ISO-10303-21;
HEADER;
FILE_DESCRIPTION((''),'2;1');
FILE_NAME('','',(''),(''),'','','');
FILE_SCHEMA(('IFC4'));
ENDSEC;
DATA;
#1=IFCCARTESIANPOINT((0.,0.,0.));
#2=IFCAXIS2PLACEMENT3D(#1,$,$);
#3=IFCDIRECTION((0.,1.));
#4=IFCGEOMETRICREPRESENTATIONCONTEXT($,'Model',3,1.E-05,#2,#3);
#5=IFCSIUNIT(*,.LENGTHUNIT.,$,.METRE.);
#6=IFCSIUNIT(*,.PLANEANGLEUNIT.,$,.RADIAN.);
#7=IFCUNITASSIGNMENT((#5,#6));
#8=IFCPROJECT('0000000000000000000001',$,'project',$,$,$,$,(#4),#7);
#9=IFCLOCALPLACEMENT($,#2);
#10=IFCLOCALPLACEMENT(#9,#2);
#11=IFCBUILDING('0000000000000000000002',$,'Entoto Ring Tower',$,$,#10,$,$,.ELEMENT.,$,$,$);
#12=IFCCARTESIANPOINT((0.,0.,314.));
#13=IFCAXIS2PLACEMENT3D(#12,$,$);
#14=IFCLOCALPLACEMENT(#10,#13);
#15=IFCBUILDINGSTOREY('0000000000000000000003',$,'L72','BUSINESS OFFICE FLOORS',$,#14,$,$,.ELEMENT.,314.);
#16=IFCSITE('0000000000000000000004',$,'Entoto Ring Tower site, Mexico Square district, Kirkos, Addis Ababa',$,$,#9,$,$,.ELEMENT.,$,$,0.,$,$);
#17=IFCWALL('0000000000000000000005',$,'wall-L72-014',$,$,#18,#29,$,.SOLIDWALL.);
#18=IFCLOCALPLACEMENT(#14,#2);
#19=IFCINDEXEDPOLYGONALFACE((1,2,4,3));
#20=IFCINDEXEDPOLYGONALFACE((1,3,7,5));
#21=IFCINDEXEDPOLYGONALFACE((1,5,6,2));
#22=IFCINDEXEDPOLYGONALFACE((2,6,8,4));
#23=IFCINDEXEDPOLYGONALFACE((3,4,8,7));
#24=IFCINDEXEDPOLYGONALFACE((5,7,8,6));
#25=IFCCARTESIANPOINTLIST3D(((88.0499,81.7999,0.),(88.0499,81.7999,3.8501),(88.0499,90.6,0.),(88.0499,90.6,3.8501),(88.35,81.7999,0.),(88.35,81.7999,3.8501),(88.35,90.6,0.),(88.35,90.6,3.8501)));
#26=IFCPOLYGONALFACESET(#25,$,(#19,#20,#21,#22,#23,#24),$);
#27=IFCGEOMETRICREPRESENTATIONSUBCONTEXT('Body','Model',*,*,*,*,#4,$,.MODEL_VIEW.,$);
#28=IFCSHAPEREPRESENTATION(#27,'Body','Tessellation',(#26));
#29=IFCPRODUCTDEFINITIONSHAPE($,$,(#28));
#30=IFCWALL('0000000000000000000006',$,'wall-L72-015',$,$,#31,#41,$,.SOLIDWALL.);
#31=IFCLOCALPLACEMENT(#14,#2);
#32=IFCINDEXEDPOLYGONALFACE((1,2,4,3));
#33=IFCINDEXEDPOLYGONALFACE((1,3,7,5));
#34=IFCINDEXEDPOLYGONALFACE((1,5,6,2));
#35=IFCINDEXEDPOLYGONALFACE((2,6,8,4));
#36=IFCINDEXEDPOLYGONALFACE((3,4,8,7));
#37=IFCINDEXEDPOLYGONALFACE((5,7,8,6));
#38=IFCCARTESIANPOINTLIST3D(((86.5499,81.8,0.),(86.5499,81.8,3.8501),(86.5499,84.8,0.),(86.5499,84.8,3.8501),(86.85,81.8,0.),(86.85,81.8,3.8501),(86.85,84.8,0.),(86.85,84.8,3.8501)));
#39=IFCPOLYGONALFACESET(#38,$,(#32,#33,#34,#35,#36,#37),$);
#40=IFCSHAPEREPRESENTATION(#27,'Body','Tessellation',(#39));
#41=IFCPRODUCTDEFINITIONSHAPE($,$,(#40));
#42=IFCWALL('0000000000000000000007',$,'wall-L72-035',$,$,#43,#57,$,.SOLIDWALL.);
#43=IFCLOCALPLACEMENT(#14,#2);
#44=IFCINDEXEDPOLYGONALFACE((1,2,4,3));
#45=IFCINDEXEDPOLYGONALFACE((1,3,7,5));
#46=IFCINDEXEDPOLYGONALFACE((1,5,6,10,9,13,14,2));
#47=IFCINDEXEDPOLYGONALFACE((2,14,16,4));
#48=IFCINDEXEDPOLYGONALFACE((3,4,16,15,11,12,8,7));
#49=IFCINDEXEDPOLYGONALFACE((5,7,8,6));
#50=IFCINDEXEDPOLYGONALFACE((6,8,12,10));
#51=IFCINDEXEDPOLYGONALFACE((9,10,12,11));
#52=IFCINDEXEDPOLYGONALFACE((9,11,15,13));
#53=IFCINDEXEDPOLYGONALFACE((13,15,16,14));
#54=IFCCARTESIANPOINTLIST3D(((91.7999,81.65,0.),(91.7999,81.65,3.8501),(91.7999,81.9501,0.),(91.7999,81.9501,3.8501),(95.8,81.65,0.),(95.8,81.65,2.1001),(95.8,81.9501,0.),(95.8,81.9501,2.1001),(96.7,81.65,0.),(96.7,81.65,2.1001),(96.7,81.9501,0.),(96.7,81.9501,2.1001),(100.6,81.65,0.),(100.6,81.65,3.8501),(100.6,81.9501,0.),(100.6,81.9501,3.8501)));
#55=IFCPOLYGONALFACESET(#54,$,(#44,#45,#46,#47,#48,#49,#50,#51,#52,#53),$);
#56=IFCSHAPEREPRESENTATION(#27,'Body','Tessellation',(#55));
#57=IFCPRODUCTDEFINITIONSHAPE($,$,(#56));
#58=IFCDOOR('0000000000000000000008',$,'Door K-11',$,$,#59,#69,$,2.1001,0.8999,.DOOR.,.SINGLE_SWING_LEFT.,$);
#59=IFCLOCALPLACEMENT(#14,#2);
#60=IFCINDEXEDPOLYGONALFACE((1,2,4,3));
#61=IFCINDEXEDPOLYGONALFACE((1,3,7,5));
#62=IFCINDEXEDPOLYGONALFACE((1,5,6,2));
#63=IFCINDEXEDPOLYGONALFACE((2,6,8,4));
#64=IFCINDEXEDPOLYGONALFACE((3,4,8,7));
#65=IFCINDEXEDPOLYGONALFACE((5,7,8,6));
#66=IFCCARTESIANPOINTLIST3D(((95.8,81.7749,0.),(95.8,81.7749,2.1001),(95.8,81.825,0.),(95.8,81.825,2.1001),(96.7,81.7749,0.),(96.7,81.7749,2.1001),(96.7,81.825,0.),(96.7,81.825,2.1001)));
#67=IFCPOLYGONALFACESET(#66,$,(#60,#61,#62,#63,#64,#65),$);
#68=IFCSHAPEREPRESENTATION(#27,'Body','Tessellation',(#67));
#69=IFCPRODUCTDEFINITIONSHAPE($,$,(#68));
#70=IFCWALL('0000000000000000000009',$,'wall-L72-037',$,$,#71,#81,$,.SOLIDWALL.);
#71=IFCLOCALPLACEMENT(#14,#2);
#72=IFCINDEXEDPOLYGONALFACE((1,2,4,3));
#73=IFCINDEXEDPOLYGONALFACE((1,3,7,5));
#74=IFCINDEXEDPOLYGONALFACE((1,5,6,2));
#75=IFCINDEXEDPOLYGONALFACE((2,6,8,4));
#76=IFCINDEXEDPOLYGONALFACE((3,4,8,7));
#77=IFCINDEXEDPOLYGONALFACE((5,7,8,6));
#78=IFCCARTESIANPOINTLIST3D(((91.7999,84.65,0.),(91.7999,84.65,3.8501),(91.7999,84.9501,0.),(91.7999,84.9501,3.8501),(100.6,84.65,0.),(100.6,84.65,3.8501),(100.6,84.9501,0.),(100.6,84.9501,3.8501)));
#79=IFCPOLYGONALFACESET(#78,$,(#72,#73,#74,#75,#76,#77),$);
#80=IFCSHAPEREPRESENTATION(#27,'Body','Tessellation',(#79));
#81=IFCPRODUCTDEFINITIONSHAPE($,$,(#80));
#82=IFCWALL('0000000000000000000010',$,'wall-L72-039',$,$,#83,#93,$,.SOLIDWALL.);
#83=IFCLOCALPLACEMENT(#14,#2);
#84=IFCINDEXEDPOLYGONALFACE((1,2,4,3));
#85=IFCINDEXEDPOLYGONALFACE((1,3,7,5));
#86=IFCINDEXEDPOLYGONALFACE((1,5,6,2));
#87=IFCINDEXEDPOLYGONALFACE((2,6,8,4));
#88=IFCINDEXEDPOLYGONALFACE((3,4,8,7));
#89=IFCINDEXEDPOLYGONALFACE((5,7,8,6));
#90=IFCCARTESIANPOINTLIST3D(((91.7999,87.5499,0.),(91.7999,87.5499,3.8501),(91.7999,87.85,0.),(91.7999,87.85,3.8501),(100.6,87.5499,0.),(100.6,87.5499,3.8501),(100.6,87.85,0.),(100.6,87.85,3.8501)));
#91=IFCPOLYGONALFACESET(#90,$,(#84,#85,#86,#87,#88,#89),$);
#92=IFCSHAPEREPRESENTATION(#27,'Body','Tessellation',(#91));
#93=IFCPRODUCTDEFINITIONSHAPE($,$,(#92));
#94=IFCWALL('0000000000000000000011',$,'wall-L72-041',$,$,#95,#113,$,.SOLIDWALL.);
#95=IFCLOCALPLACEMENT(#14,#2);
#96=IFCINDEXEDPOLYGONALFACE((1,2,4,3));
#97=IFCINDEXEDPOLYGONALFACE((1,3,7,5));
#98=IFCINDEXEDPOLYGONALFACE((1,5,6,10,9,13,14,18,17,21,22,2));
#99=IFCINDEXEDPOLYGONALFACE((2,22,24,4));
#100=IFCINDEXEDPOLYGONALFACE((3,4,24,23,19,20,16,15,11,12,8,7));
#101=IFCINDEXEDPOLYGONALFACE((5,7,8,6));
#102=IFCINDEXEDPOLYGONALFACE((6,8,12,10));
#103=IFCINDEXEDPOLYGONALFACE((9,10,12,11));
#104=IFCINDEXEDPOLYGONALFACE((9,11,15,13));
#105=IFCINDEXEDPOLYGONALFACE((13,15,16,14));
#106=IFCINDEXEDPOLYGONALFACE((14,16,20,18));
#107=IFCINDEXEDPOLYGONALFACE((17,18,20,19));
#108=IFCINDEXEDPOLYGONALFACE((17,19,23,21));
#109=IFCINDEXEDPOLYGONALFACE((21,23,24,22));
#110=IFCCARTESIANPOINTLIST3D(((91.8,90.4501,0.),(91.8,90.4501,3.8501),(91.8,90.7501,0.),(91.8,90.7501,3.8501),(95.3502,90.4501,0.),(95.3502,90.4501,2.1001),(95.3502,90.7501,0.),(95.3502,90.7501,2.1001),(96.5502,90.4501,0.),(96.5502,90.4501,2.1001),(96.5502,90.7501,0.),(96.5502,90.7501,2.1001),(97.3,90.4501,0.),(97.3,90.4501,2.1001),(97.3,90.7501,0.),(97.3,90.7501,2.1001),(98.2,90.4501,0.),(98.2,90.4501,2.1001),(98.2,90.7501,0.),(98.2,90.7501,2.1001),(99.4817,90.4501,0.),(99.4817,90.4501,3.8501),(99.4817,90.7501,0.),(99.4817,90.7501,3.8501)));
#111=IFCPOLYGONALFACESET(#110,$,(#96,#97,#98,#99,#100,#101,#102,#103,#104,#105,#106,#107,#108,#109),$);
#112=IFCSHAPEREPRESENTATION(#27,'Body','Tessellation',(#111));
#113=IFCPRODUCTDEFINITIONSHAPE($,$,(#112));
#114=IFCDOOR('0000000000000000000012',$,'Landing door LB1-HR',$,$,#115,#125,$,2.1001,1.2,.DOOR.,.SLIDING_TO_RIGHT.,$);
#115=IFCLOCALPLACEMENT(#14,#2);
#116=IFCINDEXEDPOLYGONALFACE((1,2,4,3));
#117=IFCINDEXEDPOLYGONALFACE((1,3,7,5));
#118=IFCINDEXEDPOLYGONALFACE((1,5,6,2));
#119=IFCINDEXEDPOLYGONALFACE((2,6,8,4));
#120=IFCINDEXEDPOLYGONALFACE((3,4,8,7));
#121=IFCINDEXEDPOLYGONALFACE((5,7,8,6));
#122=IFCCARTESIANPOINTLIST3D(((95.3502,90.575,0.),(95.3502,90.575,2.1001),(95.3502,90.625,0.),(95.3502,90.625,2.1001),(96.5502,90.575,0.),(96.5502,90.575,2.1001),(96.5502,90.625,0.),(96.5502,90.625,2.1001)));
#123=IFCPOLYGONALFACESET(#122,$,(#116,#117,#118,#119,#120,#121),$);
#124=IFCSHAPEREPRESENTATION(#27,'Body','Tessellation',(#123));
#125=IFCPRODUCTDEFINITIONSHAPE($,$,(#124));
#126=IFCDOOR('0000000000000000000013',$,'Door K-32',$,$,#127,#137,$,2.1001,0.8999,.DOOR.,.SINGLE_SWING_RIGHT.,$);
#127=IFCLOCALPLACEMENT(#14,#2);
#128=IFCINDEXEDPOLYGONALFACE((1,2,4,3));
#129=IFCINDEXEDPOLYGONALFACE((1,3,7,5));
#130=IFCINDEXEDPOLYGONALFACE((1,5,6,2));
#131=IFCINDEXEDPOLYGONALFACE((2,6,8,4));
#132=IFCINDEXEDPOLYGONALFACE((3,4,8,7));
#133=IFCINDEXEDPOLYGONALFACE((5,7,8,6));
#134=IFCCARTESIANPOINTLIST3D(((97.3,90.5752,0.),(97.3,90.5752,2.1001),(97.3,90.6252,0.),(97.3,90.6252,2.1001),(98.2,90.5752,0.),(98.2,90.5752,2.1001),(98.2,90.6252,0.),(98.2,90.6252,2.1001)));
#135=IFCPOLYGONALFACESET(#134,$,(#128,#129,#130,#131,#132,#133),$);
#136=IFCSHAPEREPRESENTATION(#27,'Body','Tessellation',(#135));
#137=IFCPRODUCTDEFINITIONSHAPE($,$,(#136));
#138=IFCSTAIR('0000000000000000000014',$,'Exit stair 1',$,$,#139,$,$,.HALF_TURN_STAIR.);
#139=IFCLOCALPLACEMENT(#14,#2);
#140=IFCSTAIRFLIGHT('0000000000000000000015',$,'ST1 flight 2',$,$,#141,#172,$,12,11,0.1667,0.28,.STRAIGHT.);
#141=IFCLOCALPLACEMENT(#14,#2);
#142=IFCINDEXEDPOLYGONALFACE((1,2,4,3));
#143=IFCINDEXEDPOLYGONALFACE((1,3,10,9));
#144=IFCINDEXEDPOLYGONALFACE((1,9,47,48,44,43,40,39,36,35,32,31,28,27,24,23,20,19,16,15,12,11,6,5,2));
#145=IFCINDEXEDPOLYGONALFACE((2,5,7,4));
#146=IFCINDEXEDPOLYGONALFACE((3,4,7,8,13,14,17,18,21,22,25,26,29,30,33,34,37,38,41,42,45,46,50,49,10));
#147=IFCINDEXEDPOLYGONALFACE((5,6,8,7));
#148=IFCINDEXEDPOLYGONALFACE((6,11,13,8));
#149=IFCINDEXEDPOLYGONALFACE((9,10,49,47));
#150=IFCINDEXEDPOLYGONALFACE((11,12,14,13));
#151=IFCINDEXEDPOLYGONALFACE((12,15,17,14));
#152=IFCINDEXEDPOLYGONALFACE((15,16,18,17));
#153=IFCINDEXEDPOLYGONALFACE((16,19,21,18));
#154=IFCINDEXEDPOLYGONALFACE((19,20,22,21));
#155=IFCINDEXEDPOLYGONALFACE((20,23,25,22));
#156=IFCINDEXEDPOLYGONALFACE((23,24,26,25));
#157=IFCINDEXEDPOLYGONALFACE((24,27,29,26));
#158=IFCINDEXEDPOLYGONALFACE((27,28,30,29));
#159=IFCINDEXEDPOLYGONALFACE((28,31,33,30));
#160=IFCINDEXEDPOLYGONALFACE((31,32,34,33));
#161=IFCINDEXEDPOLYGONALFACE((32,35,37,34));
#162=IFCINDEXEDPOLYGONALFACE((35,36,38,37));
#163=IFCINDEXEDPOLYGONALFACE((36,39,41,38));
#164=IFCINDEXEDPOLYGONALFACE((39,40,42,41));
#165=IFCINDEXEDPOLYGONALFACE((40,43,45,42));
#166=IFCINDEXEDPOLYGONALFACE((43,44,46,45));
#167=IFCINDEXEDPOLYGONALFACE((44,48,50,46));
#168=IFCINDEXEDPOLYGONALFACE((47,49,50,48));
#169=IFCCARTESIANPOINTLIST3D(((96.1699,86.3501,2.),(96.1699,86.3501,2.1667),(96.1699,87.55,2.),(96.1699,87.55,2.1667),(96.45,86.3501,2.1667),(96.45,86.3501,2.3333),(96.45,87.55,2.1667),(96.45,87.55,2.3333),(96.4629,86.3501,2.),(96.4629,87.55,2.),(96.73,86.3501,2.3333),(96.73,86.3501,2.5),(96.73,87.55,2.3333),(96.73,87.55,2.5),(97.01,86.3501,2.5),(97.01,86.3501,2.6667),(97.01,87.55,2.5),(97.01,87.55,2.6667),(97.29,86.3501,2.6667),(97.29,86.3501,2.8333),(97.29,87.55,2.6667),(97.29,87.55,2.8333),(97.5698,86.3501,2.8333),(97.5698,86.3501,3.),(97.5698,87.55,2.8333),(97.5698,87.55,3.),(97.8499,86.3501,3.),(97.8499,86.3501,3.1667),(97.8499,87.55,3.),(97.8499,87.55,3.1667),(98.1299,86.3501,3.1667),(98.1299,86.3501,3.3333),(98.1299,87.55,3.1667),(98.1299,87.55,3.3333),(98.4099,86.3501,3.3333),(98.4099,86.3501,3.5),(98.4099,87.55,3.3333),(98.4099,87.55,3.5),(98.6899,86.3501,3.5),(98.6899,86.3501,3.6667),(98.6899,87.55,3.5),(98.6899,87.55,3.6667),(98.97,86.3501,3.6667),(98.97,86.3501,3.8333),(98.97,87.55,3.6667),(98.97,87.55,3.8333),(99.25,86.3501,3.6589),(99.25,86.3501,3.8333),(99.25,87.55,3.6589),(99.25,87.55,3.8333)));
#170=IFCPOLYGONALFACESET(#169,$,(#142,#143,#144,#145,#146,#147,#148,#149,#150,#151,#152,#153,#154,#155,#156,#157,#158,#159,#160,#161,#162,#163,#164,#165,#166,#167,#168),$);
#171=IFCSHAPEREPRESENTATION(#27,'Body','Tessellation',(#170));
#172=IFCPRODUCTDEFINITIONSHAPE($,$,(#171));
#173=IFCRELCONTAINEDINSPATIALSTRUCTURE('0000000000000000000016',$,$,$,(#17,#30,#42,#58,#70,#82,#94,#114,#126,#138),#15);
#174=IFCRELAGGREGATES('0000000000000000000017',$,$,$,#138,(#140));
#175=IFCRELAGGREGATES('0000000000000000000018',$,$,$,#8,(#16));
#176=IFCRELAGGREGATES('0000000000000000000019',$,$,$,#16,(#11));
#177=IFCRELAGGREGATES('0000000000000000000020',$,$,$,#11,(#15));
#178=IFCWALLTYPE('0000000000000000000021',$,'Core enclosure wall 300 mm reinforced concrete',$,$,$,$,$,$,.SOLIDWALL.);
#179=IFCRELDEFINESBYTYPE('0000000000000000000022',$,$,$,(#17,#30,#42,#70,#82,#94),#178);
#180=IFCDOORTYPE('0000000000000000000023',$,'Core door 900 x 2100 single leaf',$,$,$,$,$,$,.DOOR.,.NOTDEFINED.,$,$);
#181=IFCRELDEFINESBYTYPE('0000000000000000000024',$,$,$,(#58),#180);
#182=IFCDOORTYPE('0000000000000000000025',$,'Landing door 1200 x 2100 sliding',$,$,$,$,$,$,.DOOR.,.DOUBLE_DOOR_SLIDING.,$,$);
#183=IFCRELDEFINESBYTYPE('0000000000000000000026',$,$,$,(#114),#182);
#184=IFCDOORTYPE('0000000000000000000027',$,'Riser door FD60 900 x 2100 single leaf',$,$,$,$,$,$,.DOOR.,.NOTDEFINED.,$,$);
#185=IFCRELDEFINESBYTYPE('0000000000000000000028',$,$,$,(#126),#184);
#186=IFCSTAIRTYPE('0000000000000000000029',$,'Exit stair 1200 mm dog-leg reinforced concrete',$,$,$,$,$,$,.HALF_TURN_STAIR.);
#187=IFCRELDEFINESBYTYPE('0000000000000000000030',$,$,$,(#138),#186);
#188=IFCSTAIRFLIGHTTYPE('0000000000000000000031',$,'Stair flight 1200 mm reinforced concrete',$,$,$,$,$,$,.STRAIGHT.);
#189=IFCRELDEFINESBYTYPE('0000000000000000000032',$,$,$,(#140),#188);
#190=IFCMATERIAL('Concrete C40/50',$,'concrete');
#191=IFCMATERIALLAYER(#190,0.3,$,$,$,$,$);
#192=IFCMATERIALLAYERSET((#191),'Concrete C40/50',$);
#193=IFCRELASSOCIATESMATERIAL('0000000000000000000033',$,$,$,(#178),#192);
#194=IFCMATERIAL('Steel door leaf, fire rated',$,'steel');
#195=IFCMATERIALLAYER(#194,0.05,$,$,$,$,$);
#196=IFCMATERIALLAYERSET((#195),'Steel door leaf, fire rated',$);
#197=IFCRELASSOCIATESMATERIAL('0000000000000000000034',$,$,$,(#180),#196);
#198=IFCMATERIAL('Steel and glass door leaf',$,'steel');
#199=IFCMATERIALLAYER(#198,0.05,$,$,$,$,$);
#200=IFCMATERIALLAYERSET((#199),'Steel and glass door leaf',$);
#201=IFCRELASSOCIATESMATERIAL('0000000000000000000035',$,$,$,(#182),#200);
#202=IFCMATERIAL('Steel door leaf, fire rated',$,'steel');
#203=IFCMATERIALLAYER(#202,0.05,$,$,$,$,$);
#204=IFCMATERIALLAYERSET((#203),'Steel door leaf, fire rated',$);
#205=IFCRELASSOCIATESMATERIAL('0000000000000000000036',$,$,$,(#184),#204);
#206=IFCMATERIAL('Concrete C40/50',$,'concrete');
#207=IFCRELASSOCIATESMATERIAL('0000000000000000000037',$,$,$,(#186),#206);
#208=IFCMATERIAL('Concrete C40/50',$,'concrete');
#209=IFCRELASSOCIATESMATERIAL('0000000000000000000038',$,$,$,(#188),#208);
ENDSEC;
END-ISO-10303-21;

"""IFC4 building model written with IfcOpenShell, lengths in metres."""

from ifc_helpers import new_model, si_unit, direction, frame, frame_2d, origin, place, context, subcontext, project, spatial, polyline, rectangle, outline, extrude, material, layer, layer_set, type_object, element, fill, aggregate, save


model = new_model("IFC4")

# Units and contexts
model_context = context("Model", 3, precision=1e-05, world=origin(), true_north=direction((0.0, 1.0)))
body_context = subcontext(model_context, "Body", "Model", "MODEL_VIEW")
ifc_project = project(units=[si_unit("LENGTHUNIT", "METRE"), si_unit("PLANEANGLEUNIT", "RADIAN")], contexts=[model_context])

# Site, building, storey
site_placement = place(None, origin())
site = spatial("IfcSite", under=ifc_project, at=site_placement, Name="Entoto Ring Tower site, Mexico Square district, Kirkos, Addis Ababa", CompositionType="ELEMENT", RefElevation=0.0)
building_placement = place(site_placement, origin())
building = spatial("IfcBuilding", under=site, at=building_placement, Name="Entoto Ring Tower", CompositionType="ELEMENT")
storey_placement = place(building_placement, frame((0.0, 0.0, 314.0)))
storey = spatial("IfcBuildingStorey", under=building, at=storey_placement, Name="L72", Description="BUSINESS OFFICE FLOORS", CompositionType="ELEMENT", Elevation=314.0)

# Shared definitions
ifc_material_1 = material(Name="Concrete C40/50", Category="concrete")
ifc_layer_1 = layer(ifc_material_1, 0.3)
ifc_layer_set_1 = layer_set([ifc_layer_1], Name="Concrete C40/50")
wall_type = type_object("IfcWallType", Name="Core enclosure wall 300 mm reinforced concrete", PredefinedType="SOLIDWALL", material=ifc_layer_set_1)

# Shared definitions
ifc_material_2 = material(Name="Steel door leaf, fire rated", Category="steel")
ifc_layer_2 = layer(ifc_material_2, 0.05)
ifc_layer_set_2 = layer_set([ifc_layer_2], Name="Steel door leaf, fire rated")
door_type_1 = type_object("IfcDoorType", Name="Core door 900 x 2100 single leaf", OperationType="NOTDEFINED", PredefinedType="DOOR", material=ifc_layer_set_2)
ifc_material_3 = material(Name="Steel and glass door leaf", Category="steel")
ifc_layer_3 = layer(ifc_material_3, 0.05)
ifc_layer_set_3 = layer_set([ifc_layer_3], Name="Steel and glass door leaf")
door_type_2 = type_object("IfcDoorType", Name="Landing door 1200 x 2100 sliding", OperationType="DOUBLE_DOOR_SLIDING", PredefinedType="DOOR", material=ifc_layer_set_3)

# Walls
wall_1_placement = place(storey_placement, frame((88.2, 81.8, 0.0), z_axis=(0.0, 0.0, 1.0), x_axis=(0.0, 1.0, 0.0)))
element("IfcWall", 1, at=wall_1_placement, inside=storey, type_object=wall_type, Name="wall-L72-014", PredefinedType="SOLIDWALL", context=body_context, shape_type="SweptSolid", body=[
    extrude(rectangle(XDim=8.8, YDim=0.3, at=frame_2d((4.3999, 0.0))), origin(), (0.0, 0.0, 1.0), 3.8501),
])
wall_2_placement = place(storey_placement, frame((86.7, 81.8, 0.0), z_axis=(0.0, 0.0, 1.0), x_axis=(0.0, 1.0, 0.0)))
element("IfcWall", 2, at=wall_2_placement, inside=storey, type_object=wall_type, Name="wall-L72-015", PredefinedType="SOLIDWALL", context=body_context, shape_type="SweptSolid", body=[
    extrude(rectangle(XDim=3.0, YDim=0.3, at=frame_2d((1.5, 0.0))), origin(), (0.0, 0.0, 1.0), 3.8501),
])

# Wall, opening, door
wall_3_placement = place(storey_placement, frame((91.8, 81.8, 0.0), z_axis=(0.0, 0.0, 1.0), x_axis=(1.0, 0.0, 0.0)))
wall_3 = element("IfcWall", 3, at=wall_3_placement, inside=storey, type_object=wall_type, Name="wall-L72-035", PredefinedType="SOLIDWALL", context=body_context, shape_type="SweptSolid", body=[
    extrude(rectangle(XDim=8.8, YDim=0.3, at=frame_2d((4.3999, 0.0))), origin(), (0.0, 0.0, 1.0), 3.8501),
])
opening_1_placement = place(wall_3_placement, frame((4.0, 0.0, 0.0)))
opening_1 = element("IfcOpeningElement", 4, at=opening_1_placement, cuts=wall_3, PredefinedType="OPENING", context=body_context, shape_type="SweptSolid", body=[
    extrude(rectangle(XDim=0.8999, YDim=2.1001, at=frame_2d((0.45, 1.05))), frame((0.0, 0.1602, 0.0), z_axis=(0.0, -1.0, 0.0), x_axis=(1.0, 0.0, 0.0)), (0.0, 0.0, 1.0), 0.3201),
])
door_1_placement = place(opening_1_placement, origin())
door_1 = element("IfcDoor", 5, at=door_1_placement, inside=storey, type_object=door_type_1, Name="Door K-11", OperationType="SINGLE_SWING_LEFT", OverallHeight=2.1001, OverallWidth=0.8999, PredefinedType="DOOR", context=body_context, shape_type="SweptSolid", body=[
    extrude(rectangle(XDim=0.8999, YDim=2.1001, at=frame_2d((0.45, 1.05))), frame((0.0, 0.0249, 0.0), z_axis=(0.0, -1.0, 0.0), x_axis=(1.0, 0.0, 0.0)), (0.0, 0.0, 1.0), 0.05),
])
fill(opening_1, door_1)

# Walls
for number, where, z_axis, x_axis, name in (
    (6, (91.8, 84.8, 0.0), (0.0, 0.0, 1.0), (1.0, 0.0, 0.0), "wall-L72-037"),
    (7, (91.8, 87.7, 0.0), (0.0, 0.0, 1.0), (1.0, 0.0, 0.0), "wall-L72-039"),
):
    element("IfcWall", number, at=place(storey_placement, frame(where, z_axis=z_axis, x_axis=x_axis)), inside=storey, type_object=wall_type, Name=name, PredefinedType="SOLIDWALL", context=body_context, shape_type="SweptSolid", body=[
        extrude(rectangle(XDim=8.8, YDim=0.3, at=frame_2d((4.3999, 0.0))), origin(), (0.0, 0.0, 1.0), 3.8501),
    ])

# Wall, openings, doors
wall_4_placement = place(storey_placement, frame((91.8, 90.6001, 0.0), z_axis=(0.0, 0.0, 1.0), x_axis=(1.0, 0.0, 0.0)))
wall_4 = element("IfcWall", 8, at=wall_4_placement, inside=storey, type_object=wall_type, Name="wall-L72-041", PredefinedType="SOLIDWALL", context=body_context, shape_type="SweptSolid", body=[
    extrude(rectangle(XDim=7.6816, YDim=0.3, at=frame_2d((3.8408, 0.0))), origin(), (0.0, 0.0, 1.0), 3.8501),
])
opening_2_placement = place(wall_4_placement, frame((3.55, 0.0, 0.0)))
opening_2 = element("IfcOpeningElement", 9, at=opening_2_placement, cuts=wall_4, PredefinedType="OPENING", context=body_context, shape_type="SweptSolid", body=[
    extrude(rectangle(XDim=1.2, YDim=2.1001, at=frame_2d((0.6001, 1.05))), frame((0.0, 0.1602, 0.0), z_axis=(0.0, -1.0, 0.0), x_axis=(1.0, 0.0, 0.0)), (0.0, 0.0, 1.0), 0.3201),
])
opening_3_placement = place(wall_4_placement, frame((5.5, 0.0, 0.0)))
opening_3 = element("IfcOpeningElement", 10, at=opening_3_placement, cuts=wall_4, PredefinedType="OPENING", context=body_context, shape_type="SweptSolid", body=[
    extrude(rectangle(XDim=0.8999, YDim=2.1001, at=frame_2d((0.45, 1.05))), frame((0.0, 0.1602, 0.0), z_axis=(0.0, -1.0, 0.0), x_axis=(1.0, 0.0, 0.0)), (0.0, 0.0, 1.0), 0.3201),
])
door_2_placement = place(opening_2_placement, origin())
door_2 = element("IfcDoor", 11, at=door_2_placement, inside=storey, type_object=door_type_2, Name="Landing door LB1-HR", OperationType="SLIDING_TO_RIGHT", OverallHeight=2.1001, OverallWidth=1.2, PredefinedType="DOOR", context=body_context, shape_type="SweptSolid", body=[
    extrude(rectangle(XDim=1.2, YDim=2.1001, at=frame_2d((0.6001, 1.05))), frame((0.0, 0.0249, 0.0), z_axis=(0.0, -1.0, 0.0), x_axis=(1.0, 0.0, 0.0)), (0.0, 0.0, 1.0), 0.05),
])
fill(opening_2, door_2)
ifc_material_4 = material(Name="Steel door leaf, fire rated", Category="steel")
ifc_layer_4 = layer(ifc_material_4, 0.05)
ifc_layer_set_4 = layer_set([ifc_layer_4], Name="Steel door leaf, fire rated")
door_type_3 = type_object("IfcDoorType", Name="Riser door FD60 900 x 2100 single leaf", OperationType="NOTDEFINED", PredefinedType="DOOR", material=ifc_layer_set_4)
door_3_placement = place(opening_3_placement, frame((0.8999, 0.0, 0.0), z_axis=(0.0, 0.0, 1.0), x_axis=(-1.0, 0.0, 0.0)))
door_3 = element("IfcDoor", 12, at=door_3_placement, inside=storey, type_object=door_type_3, Name="Door K-32", OperationType="SINGLE_SWING_RIGHT", OverallHeight=2.1001, OverallWidth=0.8999, PredefinedType="DOOR", context=body_context, shape_type="SweptSolid", body=[
    extrude(rectangle(XDim=0.8999, YDim=2.1001, at=frame_2d((0.45, 1.05))), frame((0.0, 0.0249, 0.0), z_axis=(0.0, -1.0, 0.0), x_axis=(1.0, 0.0, 0.0)), (0.0, 0.0, 1.0), 0.05),
])
fill(opening_3, door_3)

# Stair, stair flight
ifc_material_5 = material(Name="Concrete C40/50", Category="concrete")
stair_type = type_object("IfcStairType", Name="Exit stair 1200 mm dog-leg reinforced concrete", PredefinedType="HALF_TURN_STAIR", material=ifc_material_5)
stair_placement = place(storey_placement, origin())
stair = element("IfcStair", 13, at=stair_placement, inside=storey, type_object=stair_type, Name="Exit stair 1", PredefinedType="HALF_TURN_STAIR")
ifc_material_6 = material(Name="Concrete C40/50", Category="concrete")
stair_flight_type = type_object("IfcStairFlightType", Name="Stair flight 1200 mm reinforced concrete", PredefinedType="STRAIGHT", material=ifc_material_6)
stair_flight_placement = place(storey_placement, frame((96.1699, 86.95, 2.0), z_axis=(0.0, 0.0, 1.0), x_axis=(1.0, 0.0, 0.0)))
stair_flight = element("IfcStairFlight", 14, at=stair_flight_placement, type_object=stair_flight_type, Name="ST1 flight 2", NumberOfRisers=12, NumberOfTreads=11, PredefinedType="STRAIGHT", RiserHeight=0.1667, TreadLength=0.28, context=body_context, shape_type="SweptSolid", body=[
    extrude(outline(polyline([(0.0, 0.0), (0.0, 0.1667), (0.28, 0.1667), (0.28, 0.3333), (0.5601, 0.3333), (0.5601, 0.5), (0.8401, 0.5), (0.8401, 0.6667), (1.1201, 0.6667), (1.1201, 0.8333), (1.3999, 0.8333), (1.3999, 1.0), (1.6799, 1.0), (1.6799, 1.1667), (1.96, 1.1667), (1.96, 1.3333), (2.24, 1.3333), (2.24, 1.5), (2.52, 1.5), (2.52, 1.6667), (2.8, 1.6667), (2.8, 1.8333), (3.0801, 1.8333), (3.0801, 2.0), (3.0801, 1.6589), (0.293, 0.0), (0.0, 0.0)])), frame((0.0, 0.6001, 0.0), z_axis=(0.0, -1.0, 0.0), x_axis=(1.0, 0.0, 0.0)), (0.0, 0.0, 1.0), 1.2),
])
aggregate(stair, [stair_flight])

save(model, "model.ifc")
